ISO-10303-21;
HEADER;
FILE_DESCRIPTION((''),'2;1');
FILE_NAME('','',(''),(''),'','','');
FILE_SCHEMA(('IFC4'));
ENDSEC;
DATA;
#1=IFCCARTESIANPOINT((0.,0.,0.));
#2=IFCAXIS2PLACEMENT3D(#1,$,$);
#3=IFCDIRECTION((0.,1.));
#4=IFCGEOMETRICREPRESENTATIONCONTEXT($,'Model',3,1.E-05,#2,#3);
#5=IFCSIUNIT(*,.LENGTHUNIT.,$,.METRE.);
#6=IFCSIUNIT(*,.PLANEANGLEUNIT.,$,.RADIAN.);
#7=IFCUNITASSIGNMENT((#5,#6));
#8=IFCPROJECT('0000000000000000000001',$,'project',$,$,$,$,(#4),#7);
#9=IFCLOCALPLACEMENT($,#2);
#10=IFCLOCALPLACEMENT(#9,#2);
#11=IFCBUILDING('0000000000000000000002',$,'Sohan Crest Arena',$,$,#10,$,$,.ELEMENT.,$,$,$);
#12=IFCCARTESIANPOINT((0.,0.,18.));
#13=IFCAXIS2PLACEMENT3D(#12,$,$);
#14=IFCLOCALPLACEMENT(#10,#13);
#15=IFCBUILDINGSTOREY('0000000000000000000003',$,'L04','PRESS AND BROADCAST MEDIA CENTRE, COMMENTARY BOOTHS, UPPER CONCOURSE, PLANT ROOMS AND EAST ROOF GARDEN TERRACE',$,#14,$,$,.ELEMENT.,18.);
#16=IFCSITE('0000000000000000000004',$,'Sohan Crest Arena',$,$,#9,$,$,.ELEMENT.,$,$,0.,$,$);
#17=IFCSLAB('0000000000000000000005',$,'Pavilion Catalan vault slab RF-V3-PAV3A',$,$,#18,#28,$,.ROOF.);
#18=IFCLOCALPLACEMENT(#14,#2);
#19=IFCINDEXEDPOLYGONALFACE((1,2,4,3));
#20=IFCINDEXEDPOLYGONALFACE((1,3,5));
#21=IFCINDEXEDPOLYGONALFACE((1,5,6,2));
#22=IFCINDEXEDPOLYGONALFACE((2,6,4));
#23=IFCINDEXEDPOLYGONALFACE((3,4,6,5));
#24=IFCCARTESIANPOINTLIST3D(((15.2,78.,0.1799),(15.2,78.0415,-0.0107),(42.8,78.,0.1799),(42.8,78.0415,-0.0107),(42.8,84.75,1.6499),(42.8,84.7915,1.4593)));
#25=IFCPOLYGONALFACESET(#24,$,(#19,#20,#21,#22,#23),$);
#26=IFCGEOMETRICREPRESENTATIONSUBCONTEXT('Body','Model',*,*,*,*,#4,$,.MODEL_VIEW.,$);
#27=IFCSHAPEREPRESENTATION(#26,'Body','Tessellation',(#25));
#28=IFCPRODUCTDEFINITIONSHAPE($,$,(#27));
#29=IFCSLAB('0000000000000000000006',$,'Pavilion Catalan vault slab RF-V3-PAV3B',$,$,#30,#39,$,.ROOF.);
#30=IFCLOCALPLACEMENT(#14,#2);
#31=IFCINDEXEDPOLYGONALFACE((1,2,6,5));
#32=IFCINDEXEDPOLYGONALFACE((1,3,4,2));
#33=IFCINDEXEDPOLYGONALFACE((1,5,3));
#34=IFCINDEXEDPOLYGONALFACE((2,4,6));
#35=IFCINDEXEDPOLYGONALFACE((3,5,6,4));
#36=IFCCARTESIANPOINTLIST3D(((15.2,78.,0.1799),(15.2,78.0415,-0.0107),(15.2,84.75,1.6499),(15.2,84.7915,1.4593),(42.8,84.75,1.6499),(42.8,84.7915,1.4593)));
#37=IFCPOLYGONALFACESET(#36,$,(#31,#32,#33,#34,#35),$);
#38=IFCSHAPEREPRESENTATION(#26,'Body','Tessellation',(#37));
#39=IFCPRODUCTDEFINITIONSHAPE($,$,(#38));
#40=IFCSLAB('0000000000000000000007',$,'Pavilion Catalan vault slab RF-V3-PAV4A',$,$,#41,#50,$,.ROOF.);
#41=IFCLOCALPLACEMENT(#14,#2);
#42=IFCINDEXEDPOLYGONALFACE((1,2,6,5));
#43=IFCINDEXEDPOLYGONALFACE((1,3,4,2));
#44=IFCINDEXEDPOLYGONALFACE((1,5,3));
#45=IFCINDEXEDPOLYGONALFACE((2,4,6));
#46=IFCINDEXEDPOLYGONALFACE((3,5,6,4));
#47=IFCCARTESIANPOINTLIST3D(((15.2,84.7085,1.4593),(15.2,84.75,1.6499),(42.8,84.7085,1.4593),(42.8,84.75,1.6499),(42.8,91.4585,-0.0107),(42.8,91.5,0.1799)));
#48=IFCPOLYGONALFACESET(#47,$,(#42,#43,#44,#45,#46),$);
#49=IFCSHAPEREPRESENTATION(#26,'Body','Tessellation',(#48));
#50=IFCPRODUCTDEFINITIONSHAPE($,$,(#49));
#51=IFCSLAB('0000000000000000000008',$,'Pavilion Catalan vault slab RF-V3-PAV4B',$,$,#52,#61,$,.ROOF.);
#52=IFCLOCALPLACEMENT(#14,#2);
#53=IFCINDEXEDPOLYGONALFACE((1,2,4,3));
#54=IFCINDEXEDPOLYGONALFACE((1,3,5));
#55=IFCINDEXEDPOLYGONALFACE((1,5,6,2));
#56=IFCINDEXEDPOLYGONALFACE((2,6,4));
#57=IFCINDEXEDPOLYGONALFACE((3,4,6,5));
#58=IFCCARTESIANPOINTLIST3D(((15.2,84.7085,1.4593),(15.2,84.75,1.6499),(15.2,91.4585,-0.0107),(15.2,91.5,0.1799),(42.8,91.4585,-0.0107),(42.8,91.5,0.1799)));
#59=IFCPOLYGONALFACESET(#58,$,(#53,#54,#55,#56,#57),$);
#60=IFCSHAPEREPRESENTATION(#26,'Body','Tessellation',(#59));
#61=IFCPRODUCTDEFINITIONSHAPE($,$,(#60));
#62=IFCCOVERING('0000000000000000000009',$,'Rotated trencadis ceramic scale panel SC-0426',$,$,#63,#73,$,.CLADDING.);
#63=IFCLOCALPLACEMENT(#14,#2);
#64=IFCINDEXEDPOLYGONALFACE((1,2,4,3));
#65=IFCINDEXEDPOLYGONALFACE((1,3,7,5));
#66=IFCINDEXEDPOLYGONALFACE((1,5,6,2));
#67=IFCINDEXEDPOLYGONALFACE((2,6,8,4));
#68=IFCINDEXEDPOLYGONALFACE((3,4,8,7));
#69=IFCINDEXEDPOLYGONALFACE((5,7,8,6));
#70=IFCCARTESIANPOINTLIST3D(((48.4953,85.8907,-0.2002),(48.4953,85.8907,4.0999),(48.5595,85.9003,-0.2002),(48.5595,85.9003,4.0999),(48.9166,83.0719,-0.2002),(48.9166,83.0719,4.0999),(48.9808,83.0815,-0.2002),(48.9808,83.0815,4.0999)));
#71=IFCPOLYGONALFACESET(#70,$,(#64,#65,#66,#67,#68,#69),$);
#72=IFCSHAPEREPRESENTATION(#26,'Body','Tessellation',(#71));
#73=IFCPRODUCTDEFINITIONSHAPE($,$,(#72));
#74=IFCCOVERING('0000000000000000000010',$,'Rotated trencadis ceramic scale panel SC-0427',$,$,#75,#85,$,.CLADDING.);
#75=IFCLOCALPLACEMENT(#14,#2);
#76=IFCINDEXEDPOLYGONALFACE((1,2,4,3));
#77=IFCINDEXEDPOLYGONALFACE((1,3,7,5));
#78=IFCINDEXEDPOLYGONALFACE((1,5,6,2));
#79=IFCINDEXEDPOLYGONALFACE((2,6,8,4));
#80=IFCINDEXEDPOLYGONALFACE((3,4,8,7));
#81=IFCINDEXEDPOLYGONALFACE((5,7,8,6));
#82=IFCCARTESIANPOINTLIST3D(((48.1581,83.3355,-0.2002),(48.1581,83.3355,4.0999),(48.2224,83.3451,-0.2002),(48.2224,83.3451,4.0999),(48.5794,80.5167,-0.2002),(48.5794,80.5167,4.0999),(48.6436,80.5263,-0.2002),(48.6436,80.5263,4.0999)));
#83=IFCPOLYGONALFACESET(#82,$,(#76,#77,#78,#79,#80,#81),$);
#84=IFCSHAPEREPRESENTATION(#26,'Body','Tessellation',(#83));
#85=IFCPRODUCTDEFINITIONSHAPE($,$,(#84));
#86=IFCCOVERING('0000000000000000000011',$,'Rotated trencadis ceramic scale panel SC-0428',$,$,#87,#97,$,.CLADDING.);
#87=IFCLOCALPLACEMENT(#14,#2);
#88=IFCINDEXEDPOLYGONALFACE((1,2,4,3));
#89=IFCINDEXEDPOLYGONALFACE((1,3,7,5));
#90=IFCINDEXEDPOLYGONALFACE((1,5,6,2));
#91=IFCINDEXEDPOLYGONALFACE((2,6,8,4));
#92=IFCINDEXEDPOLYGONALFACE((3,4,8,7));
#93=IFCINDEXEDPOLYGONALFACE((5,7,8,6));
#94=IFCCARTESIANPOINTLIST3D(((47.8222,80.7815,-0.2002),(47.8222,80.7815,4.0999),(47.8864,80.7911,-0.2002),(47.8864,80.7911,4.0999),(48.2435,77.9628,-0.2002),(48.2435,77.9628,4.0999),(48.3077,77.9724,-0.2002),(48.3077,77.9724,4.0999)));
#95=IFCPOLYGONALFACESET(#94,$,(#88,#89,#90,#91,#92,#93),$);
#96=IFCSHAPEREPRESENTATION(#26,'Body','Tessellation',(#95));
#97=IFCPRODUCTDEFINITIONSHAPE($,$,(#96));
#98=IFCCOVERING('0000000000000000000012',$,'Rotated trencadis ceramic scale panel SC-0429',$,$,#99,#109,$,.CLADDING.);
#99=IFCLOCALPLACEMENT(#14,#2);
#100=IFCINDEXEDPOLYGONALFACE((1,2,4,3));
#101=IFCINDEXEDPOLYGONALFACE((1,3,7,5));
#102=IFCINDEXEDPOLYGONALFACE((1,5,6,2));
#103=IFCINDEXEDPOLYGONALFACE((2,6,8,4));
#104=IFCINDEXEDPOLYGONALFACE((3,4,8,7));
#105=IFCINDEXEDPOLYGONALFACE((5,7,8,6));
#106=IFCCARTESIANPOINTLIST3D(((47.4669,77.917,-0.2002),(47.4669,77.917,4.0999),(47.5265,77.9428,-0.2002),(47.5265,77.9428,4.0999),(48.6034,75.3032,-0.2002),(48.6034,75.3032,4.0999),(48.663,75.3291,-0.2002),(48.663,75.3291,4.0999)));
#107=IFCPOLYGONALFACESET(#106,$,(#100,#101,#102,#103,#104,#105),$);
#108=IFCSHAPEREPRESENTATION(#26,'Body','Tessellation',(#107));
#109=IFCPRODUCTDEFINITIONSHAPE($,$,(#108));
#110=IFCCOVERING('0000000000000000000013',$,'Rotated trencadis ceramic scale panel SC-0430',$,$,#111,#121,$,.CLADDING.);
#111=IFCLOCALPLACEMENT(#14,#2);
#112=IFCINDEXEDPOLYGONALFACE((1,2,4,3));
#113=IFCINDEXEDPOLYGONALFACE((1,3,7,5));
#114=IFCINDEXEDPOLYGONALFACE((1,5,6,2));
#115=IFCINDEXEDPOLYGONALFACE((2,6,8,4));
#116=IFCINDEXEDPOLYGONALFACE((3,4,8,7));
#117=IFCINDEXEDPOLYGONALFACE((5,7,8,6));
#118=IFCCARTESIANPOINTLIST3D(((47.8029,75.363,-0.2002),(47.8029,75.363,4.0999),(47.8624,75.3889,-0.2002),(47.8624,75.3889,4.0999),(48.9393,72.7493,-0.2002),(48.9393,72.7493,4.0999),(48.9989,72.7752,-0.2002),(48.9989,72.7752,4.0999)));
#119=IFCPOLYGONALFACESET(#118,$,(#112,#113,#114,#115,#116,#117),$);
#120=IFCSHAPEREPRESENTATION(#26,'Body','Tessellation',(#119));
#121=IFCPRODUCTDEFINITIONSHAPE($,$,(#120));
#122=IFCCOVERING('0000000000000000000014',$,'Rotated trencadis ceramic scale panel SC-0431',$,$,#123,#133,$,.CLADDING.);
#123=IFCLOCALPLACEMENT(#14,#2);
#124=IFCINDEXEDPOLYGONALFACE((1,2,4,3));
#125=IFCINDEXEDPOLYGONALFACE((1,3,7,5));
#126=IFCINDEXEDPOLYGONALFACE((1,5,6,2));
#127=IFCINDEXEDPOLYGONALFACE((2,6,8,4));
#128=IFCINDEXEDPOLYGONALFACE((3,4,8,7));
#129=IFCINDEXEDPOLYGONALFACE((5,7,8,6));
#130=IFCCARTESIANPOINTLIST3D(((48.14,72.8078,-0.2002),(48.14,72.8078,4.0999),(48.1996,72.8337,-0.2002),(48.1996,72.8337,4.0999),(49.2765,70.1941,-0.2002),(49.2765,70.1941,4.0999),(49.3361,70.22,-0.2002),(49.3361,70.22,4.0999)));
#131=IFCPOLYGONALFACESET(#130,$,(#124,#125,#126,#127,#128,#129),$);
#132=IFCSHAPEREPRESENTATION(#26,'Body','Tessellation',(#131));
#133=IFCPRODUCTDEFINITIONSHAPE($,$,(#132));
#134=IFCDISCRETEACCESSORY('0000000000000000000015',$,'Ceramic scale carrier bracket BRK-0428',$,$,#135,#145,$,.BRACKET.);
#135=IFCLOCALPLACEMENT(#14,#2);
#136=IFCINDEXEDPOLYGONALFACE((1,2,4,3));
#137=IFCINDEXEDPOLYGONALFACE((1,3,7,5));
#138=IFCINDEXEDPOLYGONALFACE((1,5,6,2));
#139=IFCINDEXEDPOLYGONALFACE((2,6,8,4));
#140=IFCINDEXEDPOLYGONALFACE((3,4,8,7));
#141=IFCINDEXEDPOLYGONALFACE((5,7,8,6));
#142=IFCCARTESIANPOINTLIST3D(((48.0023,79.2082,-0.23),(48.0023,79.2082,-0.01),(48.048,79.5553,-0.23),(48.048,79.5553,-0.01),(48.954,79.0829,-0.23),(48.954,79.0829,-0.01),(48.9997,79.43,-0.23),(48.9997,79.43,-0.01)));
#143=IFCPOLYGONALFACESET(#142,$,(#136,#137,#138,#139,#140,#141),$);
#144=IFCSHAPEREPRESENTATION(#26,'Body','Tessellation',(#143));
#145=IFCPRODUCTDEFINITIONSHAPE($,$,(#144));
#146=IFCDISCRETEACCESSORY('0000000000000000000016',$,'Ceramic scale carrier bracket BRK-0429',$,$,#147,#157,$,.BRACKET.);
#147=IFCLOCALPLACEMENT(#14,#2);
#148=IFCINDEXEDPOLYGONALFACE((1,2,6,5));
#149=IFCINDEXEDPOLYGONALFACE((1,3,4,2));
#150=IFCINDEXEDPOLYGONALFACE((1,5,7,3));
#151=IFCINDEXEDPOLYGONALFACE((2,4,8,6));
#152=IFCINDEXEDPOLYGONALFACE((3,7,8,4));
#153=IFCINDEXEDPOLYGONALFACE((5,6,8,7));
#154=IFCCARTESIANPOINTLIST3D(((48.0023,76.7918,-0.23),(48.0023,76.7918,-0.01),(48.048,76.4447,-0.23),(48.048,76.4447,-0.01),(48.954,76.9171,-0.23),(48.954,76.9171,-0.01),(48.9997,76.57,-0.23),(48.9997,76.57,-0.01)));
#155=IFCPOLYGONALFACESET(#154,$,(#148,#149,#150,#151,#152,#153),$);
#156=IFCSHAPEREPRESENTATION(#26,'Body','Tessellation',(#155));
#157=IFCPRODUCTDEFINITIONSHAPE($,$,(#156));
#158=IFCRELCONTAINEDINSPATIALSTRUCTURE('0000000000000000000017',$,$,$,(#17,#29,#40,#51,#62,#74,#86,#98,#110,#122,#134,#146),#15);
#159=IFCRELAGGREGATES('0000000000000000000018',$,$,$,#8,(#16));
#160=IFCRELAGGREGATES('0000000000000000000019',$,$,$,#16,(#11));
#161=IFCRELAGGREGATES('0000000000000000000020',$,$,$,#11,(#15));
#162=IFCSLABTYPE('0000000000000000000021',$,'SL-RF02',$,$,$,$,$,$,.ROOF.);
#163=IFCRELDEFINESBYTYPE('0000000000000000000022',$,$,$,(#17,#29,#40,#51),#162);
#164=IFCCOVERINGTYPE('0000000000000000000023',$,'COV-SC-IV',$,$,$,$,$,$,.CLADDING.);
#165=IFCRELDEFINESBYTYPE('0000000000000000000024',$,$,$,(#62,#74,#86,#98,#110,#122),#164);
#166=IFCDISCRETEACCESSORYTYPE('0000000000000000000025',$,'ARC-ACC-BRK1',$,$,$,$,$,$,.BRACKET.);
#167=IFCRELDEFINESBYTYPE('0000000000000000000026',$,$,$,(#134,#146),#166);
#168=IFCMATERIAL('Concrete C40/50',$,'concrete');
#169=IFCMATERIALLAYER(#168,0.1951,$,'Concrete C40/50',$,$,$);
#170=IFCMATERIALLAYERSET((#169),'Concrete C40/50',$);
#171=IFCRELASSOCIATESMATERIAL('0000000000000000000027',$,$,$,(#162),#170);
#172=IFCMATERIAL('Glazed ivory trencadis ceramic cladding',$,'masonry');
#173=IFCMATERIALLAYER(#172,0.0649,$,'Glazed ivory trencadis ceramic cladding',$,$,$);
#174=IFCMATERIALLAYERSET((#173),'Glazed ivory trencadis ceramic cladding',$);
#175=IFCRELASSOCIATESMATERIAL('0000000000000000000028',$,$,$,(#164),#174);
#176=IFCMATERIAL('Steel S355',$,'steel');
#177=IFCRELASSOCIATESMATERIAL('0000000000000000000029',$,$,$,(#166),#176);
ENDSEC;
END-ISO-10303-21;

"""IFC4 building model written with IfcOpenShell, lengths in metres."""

from ifc_helpers import new_model, si_unit, direction, frame, origin, origin_2d, place, context, subcontext, project, spatial, polyline, rectangle, outline, extrude, material, layer, layer_set, type_object, element, save


model = new_model("IFC4")

# Units and contexts
model_context = context("Model", 3, precision=1e-05, world=origin(), true_north=direction((0.0, 1.0)))
body_context = subcontext(model_context, "Body", "Model", "MODEL_VIEW")
ifc_project = project(units=[si_unit("LENGTHUNIT", "METRE"), si_unit("PLANEANGLEUNIT", "RADIAN")], contexts=[model_context])

# Site, building, storey
site_placement = place(None, origin())
site = spatial("IfcSite", under=ifc_project, at=site_placement, Name="Sohan Crest Arena", CompositionType="ELEMENT", RefElevation=0.0)
building_placement = place(site_placement, origin())
building = spatial("IfcBuilding", under=site, at=building_placement, Name="Sohan Crest Arena", CompositionType="ELEMENT")
storey_placement = place(building_placement, frame((0.0, 0.0, 18.0)))
storey = spatial("IfcBuildingStorey", under=building, at=storey_placement, Name="L04", Description="PRESS AND BROADCAST MEDIA CENTRE, COMMENTARY BOOTHS, UPPER CONCOURSE, PLANT ROOMS AND EAST ROOF GARDEN TERRACE", CompositionType="ELEMENT", Elevation=18.0)

# Slabs
ifc_material_1 = material(Name="Concrete C40/50", Category="concrete")
ifc_layer_1 = layer(ifc_material_1, 0.1951, Name="Concrete C40/50")
ifc_layer_set_1 = layer_set([ifc_layer_1], Name="Concrete C40/50")
slab_type = type_object("IfcSlabType", Name="SL-RF02", PredefinedType="ROOF", material=ifc_layer_set_1)
slab_1_placement = place(storey_placement, frame((15.2, 78.0, 0.1799), z_axis=(0.0, -0.212786, 0.977099), x_axis=(1.0, 0.0, 0.0)))
element("IfcSlab", 1, at=slab_1_placement, inside=storey, type_object=slab_type, Name="Pavilion Catalan vault slab RF-V3-PAV3A", PredefinedType="ROOF", context=body_context, shape_type="SweptSolid", body=[
    extrude(outline(polyline([(0.0, 0.0), (27.6001, 0.0), (27.6001, 6.9082), (0.0, 0.0)])), origin(), (0.0, 0.0, -1.0), 0.1951),
])
slab_2_placement = place(storey_placement, frame((15.2, 78.0, 0.1799), z_axis=(0.0, -0.212786, 0.977099), x_axis=(0.970075, 0.237246, 0.051666)))
element("IfcSlab", 2, at=slab_2_placement, inside=storey, type_object=slab_type, Name="Pavilion Catalan vault slab RF-V3-PAV3B", PredefinedType="ROOF", context=body_context, shape_type="SweptSolid", body=[
    extrude(outline(polyline([(0.0, 0.0), (28.4515, 0.0), (1.6774, 6.7015), (0.0, 0.0)])), origin(), (0.0, 0.0, -1.0), 0.1951),
])
slab_3_placement = place(storey_placement, frame((15.2, 84.75, 1.6499), z_axis=(0.0, 0.212786, 0.977099), x_axis=(1.0, 0.0, 0.0)))
element("IfcSlab", 3, at=slab_3_placement, inside=storey, type_object=slab_type, Name="Pavilion Catalan vault slab RF-V3-PAV4A", PredefinedType="ROOF", context=body_context, shape_type="SweptSolid", body=[
    extrude(outline(polyline([(0.0, 0.0), (27.6001, 0.0), (27.6001, 6.9082), (0.0, 0.0)])), origin(), (0.0, 0.0, -1.0), 0.1951),
])
slab_4_placement = place(storey_placement, frame((15.2, 84.75, 1.6499), z_axis=(0.0, 0.212786, 0.977099), x_axis=(0.970075, 0.237246, -0.051666)))
element("IfcSlab", 4, at=slab_4_placement, inside=storey, type_object=slab_type, Name="Pavilion Catalan vault slab RF-V3-PAV4B", PredefinedType="ROOF", context=body_context, shape_type="SweptSolid", body=[
    extrude(outline(polyline([(0.0, 0.0), (28.4515, 0.0), (1.6774, 6.7015), (0.0, 0.0)])), origin(), (0.0, 0.0, -1.0), 0.1951),
])

# Coverings
ifc_material_2 = material(Name="Glazed ivory trencadis ceramic cladding", Category="masonry")
ifc_layer_2 = layer(ifc_material_2, 0.0649, Name="Glazed ivory trencadis ceramic cladding")
ifc_layer_set_2 = layer_set([ifc_layer_2], Name="Glazed ivory trencadis ceramic cladding")
covering_type = type_object("IfcCoveringType", Name="COV-SC-IV", PredefinedType="CLADDING", material=ifc_layer_set_2)
for number, where, z_axis, x_axis, name in (
    (5, (48.738, 84.4861, -0.2002), (0.0, 0.0, 1.0), (0.147809, -0.989016, 0.0), "Rotated trencadis ceramic scale panel SC-0426"),
    (6, (48.4009, 81.9309, -0.2002), (0.0, 0.0, 1.0), (0.147809, -0.989016, 0.0), "Rotated trencadis ceramic scale panel SC-0427"),
    (7, (48.0649, 79.377, -0.2002), (0.0, 0.0, 1.0), (0.147809, -0.989016, 0.0), "Rotated trencadis ceramic scale panel SC-0428"),
    (8, (48.0649, 76.623, -0.2002), (0.0, 0.0, 1.0), (0.398749, -0.91706, 0.0), "Rotated trencadis ceramic scale panel SC-0429"),
    (9, (48.4009, 74.0691, -0.2002), (0.0, 0.0, 1.0), (0.398749, -0.91706, 0.0), "Rotated trencadis ceramic scale panel SC-0430"),
    (10, (48.738, 71.5139, -0.2002), (0.0, 0.0, 1.0), (0.398749, -0.91706, 0.0), "Rotated trencadis ceramic scale panel SC-0431"),
):
    element("IfcCovering", number, at=place(storey_placement, frame(where, z_axis=z_axis, x_axis=x_axis)), inside=storey, type_object=covering_type, Name=name, PredefinedType="CLADDING", context=body_context, shape_type="SweptSolid", body=[
        extrude(rectangle(XDim=2.8501, YDim=0.0649, at=origin_2d()), origin(), (0.0, 0.0, 1.0), 4.3),
    ])

# Discrete accessories
ifc_material_3 = material(Name="Steel S355", Category="steel")
discrete_accessory_type = type_object("IfcDiscreteAccessoryType", Name="ARC-ACC-BRK1", PredefinedType="BRACKET", material=ifc_material_3)
for number, where, z_axis, x_axis, name in (
    (11, (48.501, 79.3191, -0.23), (0.0, 0.0, 1.0), (-0.130526, -0.991445, 0.0), "Ceramic scale carrier bracket BRK-0428"),
    (12, (48.501, 76.6809, -0.23), (0.0, 0.0, 1.0), (0.130526, -0.991445, 0.0), "Ceramic scale carrier bracket BRK-0429"),
):
    element("IfcDiscreteAccessory", number, at=place(storey_placement, frame(where, z_axis=z_axis, x_axis=x_axis)), inside=storey, type_object=discrete_accessory_type, Name=name, PredefinedType="BRACKET", context=body_context, shape_type="SweptSolid", body=[
        extrude(rectangle(XDim=0.3501, YDim=0.96, at=origin_2d()), origin(), (0.0, 0.0, 1.0), 0.22),
    ])

save(model, "model.ifc")
